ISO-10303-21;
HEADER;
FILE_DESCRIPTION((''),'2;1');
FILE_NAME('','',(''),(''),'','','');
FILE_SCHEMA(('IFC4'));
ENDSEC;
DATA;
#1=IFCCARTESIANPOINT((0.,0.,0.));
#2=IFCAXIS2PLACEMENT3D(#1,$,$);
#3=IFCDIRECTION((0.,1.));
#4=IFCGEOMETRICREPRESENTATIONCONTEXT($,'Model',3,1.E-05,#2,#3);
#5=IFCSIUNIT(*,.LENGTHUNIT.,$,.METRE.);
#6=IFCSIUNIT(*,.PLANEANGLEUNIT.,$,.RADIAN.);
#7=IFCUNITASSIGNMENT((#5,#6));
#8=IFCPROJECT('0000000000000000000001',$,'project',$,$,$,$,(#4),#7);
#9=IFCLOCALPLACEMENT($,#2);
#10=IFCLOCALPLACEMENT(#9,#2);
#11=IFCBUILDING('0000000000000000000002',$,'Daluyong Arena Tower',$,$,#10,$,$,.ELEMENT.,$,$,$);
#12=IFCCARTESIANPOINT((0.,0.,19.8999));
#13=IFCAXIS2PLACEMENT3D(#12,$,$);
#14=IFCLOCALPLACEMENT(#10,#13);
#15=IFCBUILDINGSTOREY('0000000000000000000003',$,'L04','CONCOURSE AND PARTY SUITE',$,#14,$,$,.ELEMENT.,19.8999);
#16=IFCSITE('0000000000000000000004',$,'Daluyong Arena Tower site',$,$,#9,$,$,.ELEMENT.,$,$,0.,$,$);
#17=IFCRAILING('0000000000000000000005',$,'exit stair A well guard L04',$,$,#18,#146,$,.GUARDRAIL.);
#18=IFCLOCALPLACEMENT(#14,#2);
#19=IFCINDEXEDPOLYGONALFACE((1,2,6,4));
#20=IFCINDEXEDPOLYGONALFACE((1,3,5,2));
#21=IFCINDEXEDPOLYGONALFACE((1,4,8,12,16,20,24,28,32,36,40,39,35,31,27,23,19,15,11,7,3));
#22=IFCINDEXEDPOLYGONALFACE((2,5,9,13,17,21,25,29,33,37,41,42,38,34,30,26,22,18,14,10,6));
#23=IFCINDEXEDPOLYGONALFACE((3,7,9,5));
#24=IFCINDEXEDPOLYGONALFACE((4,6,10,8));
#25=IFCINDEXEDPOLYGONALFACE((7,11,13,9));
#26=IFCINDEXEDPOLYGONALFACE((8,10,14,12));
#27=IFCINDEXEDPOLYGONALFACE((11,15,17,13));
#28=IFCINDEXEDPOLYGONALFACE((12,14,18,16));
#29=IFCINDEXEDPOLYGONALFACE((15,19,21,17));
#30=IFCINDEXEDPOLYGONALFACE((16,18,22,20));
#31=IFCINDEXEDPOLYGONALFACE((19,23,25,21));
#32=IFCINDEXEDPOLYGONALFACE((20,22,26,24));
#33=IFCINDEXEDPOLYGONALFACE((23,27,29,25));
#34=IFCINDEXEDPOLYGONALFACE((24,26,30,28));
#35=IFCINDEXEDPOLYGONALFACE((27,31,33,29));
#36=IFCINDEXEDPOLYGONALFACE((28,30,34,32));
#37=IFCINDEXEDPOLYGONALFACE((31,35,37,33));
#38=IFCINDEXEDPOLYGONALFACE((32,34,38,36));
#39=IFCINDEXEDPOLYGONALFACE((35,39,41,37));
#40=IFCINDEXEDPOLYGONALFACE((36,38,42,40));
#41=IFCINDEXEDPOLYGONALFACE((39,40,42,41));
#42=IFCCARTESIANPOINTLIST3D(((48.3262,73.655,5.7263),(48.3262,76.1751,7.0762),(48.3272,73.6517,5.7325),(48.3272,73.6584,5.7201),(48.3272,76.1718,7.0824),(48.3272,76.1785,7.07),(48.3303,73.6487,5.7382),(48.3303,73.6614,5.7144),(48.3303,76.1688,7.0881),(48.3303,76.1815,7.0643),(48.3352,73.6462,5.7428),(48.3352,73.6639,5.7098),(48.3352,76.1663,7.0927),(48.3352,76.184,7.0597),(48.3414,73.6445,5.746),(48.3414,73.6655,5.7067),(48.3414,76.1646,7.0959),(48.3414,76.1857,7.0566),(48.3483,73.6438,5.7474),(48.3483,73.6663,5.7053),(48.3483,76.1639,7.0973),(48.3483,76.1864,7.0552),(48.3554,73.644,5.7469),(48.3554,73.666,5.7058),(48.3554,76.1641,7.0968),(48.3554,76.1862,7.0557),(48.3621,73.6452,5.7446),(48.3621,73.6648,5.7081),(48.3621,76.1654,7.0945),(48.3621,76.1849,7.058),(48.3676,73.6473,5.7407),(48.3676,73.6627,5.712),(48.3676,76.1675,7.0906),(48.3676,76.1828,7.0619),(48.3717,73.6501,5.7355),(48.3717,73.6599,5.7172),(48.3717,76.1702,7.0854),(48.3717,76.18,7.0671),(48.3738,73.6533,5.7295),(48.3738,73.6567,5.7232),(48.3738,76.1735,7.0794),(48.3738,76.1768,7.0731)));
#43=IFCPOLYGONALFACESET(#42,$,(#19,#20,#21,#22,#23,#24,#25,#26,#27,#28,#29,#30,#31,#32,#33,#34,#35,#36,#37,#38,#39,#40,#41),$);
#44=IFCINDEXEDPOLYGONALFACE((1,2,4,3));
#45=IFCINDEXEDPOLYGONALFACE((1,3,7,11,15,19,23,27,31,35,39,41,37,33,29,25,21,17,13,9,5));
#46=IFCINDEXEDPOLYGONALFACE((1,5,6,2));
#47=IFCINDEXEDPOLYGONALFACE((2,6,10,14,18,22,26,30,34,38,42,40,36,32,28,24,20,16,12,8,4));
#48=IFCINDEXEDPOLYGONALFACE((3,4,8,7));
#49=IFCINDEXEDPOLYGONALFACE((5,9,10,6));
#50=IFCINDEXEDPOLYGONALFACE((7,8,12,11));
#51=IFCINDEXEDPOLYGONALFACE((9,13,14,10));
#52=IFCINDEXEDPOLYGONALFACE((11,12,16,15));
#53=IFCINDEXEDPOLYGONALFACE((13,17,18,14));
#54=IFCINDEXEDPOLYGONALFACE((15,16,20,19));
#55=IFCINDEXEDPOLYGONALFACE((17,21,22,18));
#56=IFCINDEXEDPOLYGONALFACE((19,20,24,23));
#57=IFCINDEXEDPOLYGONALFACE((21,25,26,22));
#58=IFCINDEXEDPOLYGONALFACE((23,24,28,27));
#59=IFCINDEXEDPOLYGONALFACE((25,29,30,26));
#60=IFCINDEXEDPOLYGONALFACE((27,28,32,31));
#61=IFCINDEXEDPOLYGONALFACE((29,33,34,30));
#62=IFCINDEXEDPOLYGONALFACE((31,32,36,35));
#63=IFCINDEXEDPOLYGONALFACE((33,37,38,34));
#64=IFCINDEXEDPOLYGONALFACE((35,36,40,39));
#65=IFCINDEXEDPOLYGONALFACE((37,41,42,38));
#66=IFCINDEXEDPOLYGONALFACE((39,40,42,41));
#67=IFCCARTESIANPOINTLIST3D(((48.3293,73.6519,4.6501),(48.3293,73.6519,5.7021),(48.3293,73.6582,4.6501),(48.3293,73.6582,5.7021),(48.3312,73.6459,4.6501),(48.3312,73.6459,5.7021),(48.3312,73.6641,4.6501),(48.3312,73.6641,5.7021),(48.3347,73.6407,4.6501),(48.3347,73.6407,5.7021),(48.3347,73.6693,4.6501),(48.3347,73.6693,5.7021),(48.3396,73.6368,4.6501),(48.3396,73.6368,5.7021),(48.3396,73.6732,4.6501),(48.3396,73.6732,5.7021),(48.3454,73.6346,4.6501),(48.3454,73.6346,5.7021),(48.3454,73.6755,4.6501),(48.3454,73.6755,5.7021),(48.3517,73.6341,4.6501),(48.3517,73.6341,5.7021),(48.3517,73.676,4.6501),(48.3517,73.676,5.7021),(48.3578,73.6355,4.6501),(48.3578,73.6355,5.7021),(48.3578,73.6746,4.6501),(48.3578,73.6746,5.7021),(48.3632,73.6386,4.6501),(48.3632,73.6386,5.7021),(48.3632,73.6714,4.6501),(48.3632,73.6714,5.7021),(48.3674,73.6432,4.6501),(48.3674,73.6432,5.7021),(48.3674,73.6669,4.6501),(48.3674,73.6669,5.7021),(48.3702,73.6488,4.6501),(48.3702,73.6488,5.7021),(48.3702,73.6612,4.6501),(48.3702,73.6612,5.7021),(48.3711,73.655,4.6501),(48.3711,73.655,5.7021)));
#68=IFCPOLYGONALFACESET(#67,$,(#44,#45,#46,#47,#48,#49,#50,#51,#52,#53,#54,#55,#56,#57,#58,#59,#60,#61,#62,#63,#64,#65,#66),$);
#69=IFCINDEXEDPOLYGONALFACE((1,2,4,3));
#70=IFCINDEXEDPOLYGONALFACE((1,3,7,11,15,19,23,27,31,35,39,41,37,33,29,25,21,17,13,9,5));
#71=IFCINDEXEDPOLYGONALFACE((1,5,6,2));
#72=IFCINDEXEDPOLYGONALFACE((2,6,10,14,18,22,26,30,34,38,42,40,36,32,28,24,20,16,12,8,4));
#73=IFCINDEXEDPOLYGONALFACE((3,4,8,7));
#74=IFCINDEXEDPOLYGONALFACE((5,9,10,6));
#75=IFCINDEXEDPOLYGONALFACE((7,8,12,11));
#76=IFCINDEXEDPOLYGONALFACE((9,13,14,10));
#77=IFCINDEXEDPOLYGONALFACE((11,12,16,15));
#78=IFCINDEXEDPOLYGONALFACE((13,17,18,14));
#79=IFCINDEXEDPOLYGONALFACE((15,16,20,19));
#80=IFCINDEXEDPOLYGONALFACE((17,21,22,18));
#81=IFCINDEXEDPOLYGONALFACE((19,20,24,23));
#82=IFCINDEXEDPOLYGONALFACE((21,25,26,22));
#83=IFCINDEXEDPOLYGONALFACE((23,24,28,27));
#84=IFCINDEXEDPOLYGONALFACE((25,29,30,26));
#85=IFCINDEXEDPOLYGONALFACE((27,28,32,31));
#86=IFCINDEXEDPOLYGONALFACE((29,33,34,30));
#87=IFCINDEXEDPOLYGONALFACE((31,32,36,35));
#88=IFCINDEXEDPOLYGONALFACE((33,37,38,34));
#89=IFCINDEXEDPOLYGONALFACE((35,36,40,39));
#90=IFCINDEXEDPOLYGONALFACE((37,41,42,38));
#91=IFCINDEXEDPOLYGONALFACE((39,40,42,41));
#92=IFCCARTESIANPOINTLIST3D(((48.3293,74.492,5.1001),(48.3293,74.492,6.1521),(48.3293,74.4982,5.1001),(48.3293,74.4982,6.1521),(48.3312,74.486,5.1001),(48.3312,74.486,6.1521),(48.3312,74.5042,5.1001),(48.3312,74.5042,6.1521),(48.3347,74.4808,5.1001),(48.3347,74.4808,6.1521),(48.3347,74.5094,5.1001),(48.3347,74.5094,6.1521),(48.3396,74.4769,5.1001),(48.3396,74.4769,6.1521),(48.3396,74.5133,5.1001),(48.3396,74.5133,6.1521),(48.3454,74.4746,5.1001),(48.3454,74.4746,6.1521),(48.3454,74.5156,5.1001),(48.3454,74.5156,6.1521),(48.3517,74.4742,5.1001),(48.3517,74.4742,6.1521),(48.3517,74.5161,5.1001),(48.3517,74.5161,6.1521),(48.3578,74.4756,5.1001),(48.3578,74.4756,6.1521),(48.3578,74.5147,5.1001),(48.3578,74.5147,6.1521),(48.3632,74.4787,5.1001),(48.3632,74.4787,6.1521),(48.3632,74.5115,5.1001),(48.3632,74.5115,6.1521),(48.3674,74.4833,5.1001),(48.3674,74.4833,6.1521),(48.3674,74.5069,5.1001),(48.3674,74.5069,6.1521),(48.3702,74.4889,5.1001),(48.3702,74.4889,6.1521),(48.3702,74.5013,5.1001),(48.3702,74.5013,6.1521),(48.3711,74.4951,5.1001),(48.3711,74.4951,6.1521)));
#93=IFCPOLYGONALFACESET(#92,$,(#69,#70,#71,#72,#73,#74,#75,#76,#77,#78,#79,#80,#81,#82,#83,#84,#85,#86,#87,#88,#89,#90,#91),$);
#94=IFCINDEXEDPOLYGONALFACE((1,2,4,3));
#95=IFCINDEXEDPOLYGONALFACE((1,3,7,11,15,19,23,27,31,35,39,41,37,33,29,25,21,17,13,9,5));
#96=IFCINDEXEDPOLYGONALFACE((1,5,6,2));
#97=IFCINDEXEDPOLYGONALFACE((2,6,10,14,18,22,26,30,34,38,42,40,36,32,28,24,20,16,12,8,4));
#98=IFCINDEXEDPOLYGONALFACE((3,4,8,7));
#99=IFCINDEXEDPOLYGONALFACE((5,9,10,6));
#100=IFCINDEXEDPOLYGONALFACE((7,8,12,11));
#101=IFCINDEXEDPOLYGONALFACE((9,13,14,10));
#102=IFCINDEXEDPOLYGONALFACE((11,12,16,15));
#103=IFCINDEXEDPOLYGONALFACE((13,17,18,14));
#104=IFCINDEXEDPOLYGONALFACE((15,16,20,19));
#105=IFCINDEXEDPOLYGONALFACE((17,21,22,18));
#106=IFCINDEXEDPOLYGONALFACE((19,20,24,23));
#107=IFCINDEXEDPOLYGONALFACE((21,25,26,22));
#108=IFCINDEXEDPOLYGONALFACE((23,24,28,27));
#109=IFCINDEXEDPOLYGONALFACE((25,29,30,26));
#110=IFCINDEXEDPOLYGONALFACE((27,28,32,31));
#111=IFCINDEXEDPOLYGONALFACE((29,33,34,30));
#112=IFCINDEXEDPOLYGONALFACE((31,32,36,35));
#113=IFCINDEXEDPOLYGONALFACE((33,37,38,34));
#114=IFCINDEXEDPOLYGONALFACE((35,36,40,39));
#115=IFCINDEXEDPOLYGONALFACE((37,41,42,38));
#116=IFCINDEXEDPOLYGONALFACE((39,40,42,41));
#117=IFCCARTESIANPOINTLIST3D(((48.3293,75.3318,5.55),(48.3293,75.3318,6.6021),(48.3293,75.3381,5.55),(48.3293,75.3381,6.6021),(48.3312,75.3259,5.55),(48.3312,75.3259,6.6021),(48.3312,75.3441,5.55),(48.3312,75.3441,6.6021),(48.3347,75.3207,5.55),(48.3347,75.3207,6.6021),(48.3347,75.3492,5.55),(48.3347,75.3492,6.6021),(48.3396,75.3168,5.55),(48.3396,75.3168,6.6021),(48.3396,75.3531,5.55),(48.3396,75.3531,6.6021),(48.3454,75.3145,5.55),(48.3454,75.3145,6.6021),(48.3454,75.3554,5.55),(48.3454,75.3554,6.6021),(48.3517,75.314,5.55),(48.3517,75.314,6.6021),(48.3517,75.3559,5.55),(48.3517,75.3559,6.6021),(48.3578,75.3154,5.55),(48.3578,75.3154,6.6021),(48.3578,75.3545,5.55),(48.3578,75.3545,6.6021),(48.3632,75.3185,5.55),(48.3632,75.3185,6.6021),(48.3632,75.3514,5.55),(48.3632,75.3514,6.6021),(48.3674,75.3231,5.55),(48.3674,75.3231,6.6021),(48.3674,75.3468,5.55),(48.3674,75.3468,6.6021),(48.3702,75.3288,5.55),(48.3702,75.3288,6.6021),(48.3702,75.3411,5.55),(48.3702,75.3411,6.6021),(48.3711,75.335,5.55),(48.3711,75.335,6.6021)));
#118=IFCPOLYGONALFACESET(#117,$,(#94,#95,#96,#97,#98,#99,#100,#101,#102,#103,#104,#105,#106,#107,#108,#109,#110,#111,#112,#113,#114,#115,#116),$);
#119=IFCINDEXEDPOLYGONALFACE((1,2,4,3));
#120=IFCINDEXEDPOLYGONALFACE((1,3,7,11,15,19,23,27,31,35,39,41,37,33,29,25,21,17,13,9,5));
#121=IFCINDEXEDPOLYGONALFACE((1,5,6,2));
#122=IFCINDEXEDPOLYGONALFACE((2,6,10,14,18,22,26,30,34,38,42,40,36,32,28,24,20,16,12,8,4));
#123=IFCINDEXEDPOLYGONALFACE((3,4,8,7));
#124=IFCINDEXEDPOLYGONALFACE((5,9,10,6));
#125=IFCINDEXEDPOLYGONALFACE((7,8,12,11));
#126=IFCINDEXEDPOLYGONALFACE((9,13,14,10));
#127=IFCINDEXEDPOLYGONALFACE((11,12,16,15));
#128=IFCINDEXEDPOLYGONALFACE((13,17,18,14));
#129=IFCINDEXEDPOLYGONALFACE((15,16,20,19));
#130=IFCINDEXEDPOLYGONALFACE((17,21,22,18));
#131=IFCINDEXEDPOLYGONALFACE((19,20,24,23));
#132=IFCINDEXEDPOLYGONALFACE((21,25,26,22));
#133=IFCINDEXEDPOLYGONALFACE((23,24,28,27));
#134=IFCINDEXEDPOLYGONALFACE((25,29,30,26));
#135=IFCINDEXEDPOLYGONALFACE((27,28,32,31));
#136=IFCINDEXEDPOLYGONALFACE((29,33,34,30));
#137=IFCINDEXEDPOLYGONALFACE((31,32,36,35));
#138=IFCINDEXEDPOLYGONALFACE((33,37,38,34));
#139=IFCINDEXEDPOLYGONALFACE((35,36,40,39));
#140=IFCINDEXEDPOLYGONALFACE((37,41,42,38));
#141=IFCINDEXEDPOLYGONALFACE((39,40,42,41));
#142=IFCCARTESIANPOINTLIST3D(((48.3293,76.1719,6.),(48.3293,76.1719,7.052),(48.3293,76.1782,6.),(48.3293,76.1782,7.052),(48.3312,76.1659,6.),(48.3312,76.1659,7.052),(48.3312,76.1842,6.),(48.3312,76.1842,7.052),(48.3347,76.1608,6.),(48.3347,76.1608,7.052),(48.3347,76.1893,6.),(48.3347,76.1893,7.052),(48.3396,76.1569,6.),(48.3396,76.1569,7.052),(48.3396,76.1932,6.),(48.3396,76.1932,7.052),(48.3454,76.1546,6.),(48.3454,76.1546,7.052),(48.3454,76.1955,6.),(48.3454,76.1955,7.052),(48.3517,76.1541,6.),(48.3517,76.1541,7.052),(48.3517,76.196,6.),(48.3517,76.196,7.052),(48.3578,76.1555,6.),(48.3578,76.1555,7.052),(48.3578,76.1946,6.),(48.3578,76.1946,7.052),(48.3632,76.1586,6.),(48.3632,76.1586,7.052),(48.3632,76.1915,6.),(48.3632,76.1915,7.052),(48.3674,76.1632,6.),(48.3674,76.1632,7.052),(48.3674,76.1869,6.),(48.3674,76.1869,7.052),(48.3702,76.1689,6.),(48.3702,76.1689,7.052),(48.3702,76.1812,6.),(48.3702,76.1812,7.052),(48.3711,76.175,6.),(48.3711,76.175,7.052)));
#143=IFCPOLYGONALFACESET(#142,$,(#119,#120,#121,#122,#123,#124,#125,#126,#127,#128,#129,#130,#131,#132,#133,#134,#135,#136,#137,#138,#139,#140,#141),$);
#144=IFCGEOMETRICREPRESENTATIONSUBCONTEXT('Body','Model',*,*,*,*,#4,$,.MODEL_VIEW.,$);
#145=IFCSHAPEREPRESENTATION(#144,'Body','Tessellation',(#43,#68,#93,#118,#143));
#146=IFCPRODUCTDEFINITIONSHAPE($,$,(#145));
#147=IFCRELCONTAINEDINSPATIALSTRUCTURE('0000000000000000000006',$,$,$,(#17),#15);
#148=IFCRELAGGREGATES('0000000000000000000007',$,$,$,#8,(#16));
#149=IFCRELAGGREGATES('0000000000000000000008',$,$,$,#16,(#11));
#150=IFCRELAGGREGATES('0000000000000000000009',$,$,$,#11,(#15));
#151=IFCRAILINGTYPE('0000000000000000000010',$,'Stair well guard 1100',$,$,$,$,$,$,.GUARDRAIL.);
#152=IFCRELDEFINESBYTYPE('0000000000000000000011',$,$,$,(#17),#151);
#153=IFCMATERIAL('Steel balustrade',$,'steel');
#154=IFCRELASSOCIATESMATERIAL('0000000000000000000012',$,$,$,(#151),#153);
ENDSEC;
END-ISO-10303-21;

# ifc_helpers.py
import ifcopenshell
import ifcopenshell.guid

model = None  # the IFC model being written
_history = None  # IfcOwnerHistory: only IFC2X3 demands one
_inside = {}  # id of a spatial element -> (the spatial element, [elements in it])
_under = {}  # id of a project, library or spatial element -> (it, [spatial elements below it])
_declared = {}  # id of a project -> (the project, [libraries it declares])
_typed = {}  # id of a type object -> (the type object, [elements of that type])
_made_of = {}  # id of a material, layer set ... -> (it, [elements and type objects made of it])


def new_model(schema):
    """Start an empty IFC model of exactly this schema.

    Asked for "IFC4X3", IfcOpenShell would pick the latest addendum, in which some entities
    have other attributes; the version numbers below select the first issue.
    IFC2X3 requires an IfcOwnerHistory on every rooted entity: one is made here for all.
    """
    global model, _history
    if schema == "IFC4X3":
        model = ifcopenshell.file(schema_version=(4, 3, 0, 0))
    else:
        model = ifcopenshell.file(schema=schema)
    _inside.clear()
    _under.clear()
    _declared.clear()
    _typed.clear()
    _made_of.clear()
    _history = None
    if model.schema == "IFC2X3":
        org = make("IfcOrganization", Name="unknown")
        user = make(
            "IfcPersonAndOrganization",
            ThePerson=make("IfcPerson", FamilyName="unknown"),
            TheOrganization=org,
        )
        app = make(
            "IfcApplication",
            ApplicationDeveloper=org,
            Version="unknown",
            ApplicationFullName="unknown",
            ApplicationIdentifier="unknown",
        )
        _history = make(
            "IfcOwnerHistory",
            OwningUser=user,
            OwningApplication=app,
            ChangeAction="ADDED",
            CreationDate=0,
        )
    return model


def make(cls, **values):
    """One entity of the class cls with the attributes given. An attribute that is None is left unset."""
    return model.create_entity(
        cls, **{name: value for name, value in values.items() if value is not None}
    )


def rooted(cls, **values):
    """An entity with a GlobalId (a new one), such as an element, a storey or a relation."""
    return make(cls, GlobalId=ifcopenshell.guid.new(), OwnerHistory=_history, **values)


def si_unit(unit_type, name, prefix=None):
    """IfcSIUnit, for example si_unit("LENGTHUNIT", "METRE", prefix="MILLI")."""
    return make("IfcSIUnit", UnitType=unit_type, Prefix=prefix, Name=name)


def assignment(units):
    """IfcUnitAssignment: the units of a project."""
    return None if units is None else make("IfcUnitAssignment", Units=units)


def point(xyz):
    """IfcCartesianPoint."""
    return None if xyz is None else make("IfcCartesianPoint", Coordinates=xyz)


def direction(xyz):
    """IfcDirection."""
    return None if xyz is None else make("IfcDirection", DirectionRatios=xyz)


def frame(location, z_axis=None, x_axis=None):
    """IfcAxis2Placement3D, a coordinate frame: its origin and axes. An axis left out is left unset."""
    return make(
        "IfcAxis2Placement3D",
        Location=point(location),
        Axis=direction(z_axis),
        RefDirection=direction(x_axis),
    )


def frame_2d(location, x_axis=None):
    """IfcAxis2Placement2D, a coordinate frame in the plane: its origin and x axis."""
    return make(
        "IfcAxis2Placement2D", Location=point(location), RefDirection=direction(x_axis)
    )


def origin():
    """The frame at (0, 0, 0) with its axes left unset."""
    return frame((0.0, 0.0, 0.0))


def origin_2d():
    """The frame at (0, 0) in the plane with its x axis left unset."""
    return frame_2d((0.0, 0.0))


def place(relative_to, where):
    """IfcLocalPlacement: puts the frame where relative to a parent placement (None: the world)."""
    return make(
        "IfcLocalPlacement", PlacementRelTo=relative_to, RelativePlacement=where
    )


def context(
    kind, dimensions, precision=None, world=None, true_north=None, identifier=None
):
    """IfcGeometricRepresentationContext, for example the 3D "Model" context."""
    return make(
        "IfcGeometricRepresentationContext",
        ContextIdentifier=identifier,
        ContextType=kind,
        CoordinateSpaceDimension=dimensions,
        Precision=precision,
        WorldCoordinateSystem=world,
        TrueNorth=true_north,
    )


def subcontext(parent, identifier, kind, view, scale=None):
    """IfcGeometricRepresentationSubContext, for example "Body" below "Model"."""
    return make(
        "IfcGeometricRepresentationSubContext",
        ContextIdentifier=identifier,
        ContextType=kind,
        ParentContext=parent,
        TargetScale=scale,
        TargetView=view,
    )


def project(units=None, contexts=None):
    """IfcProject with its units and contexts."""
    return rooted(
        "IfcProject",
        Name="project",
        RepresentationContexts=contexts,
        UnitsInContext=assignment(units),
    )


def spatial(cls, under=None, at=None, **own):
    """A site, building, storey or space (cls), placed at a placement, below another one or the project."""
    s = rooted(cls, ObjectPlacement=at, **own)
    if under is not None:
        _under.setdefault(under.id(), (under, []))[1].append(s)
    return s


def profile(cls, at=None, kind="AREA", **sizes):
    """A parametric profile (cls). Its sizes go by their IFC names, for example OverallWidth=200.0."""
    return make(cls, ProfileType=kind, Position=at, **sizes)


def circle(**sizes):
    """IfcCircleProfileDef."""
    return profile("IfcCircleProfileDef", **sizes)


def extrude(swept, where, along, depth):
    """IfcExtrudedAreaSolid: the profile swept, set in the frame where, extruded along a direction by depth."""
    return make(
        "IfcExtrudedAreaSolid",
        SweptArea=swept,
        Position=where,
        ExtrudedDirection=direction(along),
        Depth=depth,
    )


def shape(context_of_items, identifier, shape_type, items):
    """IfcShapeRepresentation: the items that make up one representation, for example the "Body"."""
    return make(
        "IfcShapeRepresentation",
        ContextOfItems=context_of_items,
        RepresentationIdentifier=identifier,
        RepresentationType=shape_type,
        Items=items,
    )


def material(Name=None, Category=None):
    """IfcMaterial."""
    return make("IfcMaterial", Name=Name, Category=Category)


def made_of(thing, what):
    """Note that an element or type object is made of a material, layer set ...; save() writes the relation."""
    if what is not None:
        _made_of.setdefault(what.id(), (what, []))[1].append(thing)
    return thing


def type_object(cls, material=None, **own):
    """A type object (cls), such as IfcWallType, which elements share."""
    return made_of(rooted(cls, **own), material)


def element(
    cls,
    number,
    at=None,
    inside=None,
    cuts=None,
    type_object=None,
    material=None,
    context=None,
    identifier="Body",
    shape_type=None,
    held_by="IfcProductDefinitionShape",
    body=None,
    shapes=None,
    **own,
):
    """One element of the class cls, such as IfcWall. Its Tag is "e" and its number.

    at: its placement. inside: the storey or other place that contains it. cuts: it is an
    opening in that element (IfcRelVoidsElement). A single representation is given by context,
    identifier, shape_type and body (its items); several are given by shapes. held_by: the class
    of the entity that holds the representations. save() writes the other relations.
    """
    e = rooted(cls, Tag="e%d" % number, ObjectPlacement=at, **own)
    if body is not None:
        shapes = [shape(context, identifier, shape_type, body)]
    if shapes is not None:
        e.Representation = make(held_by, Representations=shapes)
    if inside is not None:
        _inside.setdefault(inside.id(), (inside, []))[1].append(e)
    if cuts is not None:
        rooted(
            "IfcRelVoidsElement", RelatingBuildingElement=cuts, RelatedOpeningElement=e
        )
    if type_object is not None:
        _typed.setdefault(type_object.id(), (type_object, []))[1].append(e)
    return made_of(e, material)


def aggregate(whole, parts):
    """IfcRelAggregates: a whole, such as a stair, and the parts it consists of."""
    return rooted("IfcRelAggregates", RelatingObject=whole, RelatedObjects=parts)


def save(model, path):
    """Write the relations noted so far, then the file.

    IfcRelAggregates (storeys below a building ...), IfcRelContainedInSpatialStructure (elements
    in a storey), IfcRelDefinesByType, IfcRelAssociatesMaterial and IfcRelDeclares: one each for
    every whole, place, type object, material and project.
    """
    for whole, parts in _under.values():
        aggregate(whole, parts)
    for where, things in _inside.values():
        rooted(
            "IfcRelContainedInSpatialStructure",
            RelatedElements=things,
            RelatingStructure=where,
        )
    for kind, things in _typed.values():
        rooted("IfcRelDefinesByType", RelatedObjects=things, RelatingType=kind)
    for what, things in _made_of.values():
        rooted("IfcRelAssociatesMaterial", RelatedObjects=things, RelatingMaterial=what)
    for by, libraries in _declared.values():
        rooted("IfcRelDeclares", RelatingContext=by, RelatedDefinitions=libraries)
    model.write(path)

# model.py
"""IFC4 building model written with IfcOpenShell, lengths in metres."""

from ifc_helpers import new_model, si_unit, direction, frame, origin, origin_2d, place, context, subcontext, project, spatial, circle, extrude, material, type_object, element, save


model = new_model("IFC4")

# Units and contexts
model_context = context("Model", 3, precision=1e-05, world=origin(), true_north=direction((0.0, 1.0)))
body_context = subcontext(model_context, "Body", "Model", "MODEL_VIEW")
ifc_project = project(units=[si_unit("LENGTHUNIT", "METRE"), si_unit("PLANEANGLEUNIT", "RADIAN")], contexts=[model_context])

# Site, building, storey
site_placement = place(None, origin())
site = spatial("IfcSite", under=ifc_project, at=site_placement, Name="Daluyong Arena Tower site", CompositionType="ELEMENT", RefElevation=0.0)
building_placement = place(site_placement, origin())
building = spatial("IfcBuilding", under=site, at=building_placement, Name="Daluyong Arena Tower", CompositionType="ELEMENT")
storey_placement = place(building_placement, frame((0.0, 0.0, 19.8999)))
storey = spatial("IfcBuildingStorey", under=building, at=storey_placement, Name="L04", Description="CONCOURSE AND PARTY SUITE", CompositionType="ELEMENT", Elevation=19.8999)

# Railing
ifc_material_1 = material(Name="Steel balustrade", Category="steel")
railing_type_1 = type_object("IfcRailingType", Name="Stair well guard 1100", PredefinedType="GUARDRAIL", material=ifc_material_1)
for number, where, name in (
    (1, (48.3501, 73.655, 4.6501), "exit stair A well guard L04"),
):
    element("IfcRailing", number, at=place(storey_placement, frame(where)), inside=storey, type_object=railing_type_1, Name=name, PredefinedType="GUARDRAIL", context=body_context, shape_type="SweptSolid", body=[
        extrude(circle(Radius=0.0239, at=origin_2d()), frame((0.0, 0.0, 1.0762), z_axis=(0.0, 0.881503, 0.472179), x_axis=(-1.0, 0.0, 0.0)), (0.0, 0.0, 1.0), 2.8589),
        extrude(circle(Radius=0.021, at=origin_2d()), origin(), (0.0, 0.0, 1.0), 1.052),
        extrude(circle(Radius=0.021, at=origin_2d()), frame((0.0, 0.8401, 0.45)), (0.0, 0.0, 1.0), 1.052),
        extrude(circle(Radius=0.021, at=origin_2d()), frame((0.0, 1.6799, 0.8999)), (0.0, 0.0, 1.0), 1.052),
        extrude(circle(Radius=0.021, at=origin_2d()), frame((0.0, 2.52, 1.3499)), (0.0, 0.0, 1.0), 1.052),
    ])

save(model, "model.ifc")
